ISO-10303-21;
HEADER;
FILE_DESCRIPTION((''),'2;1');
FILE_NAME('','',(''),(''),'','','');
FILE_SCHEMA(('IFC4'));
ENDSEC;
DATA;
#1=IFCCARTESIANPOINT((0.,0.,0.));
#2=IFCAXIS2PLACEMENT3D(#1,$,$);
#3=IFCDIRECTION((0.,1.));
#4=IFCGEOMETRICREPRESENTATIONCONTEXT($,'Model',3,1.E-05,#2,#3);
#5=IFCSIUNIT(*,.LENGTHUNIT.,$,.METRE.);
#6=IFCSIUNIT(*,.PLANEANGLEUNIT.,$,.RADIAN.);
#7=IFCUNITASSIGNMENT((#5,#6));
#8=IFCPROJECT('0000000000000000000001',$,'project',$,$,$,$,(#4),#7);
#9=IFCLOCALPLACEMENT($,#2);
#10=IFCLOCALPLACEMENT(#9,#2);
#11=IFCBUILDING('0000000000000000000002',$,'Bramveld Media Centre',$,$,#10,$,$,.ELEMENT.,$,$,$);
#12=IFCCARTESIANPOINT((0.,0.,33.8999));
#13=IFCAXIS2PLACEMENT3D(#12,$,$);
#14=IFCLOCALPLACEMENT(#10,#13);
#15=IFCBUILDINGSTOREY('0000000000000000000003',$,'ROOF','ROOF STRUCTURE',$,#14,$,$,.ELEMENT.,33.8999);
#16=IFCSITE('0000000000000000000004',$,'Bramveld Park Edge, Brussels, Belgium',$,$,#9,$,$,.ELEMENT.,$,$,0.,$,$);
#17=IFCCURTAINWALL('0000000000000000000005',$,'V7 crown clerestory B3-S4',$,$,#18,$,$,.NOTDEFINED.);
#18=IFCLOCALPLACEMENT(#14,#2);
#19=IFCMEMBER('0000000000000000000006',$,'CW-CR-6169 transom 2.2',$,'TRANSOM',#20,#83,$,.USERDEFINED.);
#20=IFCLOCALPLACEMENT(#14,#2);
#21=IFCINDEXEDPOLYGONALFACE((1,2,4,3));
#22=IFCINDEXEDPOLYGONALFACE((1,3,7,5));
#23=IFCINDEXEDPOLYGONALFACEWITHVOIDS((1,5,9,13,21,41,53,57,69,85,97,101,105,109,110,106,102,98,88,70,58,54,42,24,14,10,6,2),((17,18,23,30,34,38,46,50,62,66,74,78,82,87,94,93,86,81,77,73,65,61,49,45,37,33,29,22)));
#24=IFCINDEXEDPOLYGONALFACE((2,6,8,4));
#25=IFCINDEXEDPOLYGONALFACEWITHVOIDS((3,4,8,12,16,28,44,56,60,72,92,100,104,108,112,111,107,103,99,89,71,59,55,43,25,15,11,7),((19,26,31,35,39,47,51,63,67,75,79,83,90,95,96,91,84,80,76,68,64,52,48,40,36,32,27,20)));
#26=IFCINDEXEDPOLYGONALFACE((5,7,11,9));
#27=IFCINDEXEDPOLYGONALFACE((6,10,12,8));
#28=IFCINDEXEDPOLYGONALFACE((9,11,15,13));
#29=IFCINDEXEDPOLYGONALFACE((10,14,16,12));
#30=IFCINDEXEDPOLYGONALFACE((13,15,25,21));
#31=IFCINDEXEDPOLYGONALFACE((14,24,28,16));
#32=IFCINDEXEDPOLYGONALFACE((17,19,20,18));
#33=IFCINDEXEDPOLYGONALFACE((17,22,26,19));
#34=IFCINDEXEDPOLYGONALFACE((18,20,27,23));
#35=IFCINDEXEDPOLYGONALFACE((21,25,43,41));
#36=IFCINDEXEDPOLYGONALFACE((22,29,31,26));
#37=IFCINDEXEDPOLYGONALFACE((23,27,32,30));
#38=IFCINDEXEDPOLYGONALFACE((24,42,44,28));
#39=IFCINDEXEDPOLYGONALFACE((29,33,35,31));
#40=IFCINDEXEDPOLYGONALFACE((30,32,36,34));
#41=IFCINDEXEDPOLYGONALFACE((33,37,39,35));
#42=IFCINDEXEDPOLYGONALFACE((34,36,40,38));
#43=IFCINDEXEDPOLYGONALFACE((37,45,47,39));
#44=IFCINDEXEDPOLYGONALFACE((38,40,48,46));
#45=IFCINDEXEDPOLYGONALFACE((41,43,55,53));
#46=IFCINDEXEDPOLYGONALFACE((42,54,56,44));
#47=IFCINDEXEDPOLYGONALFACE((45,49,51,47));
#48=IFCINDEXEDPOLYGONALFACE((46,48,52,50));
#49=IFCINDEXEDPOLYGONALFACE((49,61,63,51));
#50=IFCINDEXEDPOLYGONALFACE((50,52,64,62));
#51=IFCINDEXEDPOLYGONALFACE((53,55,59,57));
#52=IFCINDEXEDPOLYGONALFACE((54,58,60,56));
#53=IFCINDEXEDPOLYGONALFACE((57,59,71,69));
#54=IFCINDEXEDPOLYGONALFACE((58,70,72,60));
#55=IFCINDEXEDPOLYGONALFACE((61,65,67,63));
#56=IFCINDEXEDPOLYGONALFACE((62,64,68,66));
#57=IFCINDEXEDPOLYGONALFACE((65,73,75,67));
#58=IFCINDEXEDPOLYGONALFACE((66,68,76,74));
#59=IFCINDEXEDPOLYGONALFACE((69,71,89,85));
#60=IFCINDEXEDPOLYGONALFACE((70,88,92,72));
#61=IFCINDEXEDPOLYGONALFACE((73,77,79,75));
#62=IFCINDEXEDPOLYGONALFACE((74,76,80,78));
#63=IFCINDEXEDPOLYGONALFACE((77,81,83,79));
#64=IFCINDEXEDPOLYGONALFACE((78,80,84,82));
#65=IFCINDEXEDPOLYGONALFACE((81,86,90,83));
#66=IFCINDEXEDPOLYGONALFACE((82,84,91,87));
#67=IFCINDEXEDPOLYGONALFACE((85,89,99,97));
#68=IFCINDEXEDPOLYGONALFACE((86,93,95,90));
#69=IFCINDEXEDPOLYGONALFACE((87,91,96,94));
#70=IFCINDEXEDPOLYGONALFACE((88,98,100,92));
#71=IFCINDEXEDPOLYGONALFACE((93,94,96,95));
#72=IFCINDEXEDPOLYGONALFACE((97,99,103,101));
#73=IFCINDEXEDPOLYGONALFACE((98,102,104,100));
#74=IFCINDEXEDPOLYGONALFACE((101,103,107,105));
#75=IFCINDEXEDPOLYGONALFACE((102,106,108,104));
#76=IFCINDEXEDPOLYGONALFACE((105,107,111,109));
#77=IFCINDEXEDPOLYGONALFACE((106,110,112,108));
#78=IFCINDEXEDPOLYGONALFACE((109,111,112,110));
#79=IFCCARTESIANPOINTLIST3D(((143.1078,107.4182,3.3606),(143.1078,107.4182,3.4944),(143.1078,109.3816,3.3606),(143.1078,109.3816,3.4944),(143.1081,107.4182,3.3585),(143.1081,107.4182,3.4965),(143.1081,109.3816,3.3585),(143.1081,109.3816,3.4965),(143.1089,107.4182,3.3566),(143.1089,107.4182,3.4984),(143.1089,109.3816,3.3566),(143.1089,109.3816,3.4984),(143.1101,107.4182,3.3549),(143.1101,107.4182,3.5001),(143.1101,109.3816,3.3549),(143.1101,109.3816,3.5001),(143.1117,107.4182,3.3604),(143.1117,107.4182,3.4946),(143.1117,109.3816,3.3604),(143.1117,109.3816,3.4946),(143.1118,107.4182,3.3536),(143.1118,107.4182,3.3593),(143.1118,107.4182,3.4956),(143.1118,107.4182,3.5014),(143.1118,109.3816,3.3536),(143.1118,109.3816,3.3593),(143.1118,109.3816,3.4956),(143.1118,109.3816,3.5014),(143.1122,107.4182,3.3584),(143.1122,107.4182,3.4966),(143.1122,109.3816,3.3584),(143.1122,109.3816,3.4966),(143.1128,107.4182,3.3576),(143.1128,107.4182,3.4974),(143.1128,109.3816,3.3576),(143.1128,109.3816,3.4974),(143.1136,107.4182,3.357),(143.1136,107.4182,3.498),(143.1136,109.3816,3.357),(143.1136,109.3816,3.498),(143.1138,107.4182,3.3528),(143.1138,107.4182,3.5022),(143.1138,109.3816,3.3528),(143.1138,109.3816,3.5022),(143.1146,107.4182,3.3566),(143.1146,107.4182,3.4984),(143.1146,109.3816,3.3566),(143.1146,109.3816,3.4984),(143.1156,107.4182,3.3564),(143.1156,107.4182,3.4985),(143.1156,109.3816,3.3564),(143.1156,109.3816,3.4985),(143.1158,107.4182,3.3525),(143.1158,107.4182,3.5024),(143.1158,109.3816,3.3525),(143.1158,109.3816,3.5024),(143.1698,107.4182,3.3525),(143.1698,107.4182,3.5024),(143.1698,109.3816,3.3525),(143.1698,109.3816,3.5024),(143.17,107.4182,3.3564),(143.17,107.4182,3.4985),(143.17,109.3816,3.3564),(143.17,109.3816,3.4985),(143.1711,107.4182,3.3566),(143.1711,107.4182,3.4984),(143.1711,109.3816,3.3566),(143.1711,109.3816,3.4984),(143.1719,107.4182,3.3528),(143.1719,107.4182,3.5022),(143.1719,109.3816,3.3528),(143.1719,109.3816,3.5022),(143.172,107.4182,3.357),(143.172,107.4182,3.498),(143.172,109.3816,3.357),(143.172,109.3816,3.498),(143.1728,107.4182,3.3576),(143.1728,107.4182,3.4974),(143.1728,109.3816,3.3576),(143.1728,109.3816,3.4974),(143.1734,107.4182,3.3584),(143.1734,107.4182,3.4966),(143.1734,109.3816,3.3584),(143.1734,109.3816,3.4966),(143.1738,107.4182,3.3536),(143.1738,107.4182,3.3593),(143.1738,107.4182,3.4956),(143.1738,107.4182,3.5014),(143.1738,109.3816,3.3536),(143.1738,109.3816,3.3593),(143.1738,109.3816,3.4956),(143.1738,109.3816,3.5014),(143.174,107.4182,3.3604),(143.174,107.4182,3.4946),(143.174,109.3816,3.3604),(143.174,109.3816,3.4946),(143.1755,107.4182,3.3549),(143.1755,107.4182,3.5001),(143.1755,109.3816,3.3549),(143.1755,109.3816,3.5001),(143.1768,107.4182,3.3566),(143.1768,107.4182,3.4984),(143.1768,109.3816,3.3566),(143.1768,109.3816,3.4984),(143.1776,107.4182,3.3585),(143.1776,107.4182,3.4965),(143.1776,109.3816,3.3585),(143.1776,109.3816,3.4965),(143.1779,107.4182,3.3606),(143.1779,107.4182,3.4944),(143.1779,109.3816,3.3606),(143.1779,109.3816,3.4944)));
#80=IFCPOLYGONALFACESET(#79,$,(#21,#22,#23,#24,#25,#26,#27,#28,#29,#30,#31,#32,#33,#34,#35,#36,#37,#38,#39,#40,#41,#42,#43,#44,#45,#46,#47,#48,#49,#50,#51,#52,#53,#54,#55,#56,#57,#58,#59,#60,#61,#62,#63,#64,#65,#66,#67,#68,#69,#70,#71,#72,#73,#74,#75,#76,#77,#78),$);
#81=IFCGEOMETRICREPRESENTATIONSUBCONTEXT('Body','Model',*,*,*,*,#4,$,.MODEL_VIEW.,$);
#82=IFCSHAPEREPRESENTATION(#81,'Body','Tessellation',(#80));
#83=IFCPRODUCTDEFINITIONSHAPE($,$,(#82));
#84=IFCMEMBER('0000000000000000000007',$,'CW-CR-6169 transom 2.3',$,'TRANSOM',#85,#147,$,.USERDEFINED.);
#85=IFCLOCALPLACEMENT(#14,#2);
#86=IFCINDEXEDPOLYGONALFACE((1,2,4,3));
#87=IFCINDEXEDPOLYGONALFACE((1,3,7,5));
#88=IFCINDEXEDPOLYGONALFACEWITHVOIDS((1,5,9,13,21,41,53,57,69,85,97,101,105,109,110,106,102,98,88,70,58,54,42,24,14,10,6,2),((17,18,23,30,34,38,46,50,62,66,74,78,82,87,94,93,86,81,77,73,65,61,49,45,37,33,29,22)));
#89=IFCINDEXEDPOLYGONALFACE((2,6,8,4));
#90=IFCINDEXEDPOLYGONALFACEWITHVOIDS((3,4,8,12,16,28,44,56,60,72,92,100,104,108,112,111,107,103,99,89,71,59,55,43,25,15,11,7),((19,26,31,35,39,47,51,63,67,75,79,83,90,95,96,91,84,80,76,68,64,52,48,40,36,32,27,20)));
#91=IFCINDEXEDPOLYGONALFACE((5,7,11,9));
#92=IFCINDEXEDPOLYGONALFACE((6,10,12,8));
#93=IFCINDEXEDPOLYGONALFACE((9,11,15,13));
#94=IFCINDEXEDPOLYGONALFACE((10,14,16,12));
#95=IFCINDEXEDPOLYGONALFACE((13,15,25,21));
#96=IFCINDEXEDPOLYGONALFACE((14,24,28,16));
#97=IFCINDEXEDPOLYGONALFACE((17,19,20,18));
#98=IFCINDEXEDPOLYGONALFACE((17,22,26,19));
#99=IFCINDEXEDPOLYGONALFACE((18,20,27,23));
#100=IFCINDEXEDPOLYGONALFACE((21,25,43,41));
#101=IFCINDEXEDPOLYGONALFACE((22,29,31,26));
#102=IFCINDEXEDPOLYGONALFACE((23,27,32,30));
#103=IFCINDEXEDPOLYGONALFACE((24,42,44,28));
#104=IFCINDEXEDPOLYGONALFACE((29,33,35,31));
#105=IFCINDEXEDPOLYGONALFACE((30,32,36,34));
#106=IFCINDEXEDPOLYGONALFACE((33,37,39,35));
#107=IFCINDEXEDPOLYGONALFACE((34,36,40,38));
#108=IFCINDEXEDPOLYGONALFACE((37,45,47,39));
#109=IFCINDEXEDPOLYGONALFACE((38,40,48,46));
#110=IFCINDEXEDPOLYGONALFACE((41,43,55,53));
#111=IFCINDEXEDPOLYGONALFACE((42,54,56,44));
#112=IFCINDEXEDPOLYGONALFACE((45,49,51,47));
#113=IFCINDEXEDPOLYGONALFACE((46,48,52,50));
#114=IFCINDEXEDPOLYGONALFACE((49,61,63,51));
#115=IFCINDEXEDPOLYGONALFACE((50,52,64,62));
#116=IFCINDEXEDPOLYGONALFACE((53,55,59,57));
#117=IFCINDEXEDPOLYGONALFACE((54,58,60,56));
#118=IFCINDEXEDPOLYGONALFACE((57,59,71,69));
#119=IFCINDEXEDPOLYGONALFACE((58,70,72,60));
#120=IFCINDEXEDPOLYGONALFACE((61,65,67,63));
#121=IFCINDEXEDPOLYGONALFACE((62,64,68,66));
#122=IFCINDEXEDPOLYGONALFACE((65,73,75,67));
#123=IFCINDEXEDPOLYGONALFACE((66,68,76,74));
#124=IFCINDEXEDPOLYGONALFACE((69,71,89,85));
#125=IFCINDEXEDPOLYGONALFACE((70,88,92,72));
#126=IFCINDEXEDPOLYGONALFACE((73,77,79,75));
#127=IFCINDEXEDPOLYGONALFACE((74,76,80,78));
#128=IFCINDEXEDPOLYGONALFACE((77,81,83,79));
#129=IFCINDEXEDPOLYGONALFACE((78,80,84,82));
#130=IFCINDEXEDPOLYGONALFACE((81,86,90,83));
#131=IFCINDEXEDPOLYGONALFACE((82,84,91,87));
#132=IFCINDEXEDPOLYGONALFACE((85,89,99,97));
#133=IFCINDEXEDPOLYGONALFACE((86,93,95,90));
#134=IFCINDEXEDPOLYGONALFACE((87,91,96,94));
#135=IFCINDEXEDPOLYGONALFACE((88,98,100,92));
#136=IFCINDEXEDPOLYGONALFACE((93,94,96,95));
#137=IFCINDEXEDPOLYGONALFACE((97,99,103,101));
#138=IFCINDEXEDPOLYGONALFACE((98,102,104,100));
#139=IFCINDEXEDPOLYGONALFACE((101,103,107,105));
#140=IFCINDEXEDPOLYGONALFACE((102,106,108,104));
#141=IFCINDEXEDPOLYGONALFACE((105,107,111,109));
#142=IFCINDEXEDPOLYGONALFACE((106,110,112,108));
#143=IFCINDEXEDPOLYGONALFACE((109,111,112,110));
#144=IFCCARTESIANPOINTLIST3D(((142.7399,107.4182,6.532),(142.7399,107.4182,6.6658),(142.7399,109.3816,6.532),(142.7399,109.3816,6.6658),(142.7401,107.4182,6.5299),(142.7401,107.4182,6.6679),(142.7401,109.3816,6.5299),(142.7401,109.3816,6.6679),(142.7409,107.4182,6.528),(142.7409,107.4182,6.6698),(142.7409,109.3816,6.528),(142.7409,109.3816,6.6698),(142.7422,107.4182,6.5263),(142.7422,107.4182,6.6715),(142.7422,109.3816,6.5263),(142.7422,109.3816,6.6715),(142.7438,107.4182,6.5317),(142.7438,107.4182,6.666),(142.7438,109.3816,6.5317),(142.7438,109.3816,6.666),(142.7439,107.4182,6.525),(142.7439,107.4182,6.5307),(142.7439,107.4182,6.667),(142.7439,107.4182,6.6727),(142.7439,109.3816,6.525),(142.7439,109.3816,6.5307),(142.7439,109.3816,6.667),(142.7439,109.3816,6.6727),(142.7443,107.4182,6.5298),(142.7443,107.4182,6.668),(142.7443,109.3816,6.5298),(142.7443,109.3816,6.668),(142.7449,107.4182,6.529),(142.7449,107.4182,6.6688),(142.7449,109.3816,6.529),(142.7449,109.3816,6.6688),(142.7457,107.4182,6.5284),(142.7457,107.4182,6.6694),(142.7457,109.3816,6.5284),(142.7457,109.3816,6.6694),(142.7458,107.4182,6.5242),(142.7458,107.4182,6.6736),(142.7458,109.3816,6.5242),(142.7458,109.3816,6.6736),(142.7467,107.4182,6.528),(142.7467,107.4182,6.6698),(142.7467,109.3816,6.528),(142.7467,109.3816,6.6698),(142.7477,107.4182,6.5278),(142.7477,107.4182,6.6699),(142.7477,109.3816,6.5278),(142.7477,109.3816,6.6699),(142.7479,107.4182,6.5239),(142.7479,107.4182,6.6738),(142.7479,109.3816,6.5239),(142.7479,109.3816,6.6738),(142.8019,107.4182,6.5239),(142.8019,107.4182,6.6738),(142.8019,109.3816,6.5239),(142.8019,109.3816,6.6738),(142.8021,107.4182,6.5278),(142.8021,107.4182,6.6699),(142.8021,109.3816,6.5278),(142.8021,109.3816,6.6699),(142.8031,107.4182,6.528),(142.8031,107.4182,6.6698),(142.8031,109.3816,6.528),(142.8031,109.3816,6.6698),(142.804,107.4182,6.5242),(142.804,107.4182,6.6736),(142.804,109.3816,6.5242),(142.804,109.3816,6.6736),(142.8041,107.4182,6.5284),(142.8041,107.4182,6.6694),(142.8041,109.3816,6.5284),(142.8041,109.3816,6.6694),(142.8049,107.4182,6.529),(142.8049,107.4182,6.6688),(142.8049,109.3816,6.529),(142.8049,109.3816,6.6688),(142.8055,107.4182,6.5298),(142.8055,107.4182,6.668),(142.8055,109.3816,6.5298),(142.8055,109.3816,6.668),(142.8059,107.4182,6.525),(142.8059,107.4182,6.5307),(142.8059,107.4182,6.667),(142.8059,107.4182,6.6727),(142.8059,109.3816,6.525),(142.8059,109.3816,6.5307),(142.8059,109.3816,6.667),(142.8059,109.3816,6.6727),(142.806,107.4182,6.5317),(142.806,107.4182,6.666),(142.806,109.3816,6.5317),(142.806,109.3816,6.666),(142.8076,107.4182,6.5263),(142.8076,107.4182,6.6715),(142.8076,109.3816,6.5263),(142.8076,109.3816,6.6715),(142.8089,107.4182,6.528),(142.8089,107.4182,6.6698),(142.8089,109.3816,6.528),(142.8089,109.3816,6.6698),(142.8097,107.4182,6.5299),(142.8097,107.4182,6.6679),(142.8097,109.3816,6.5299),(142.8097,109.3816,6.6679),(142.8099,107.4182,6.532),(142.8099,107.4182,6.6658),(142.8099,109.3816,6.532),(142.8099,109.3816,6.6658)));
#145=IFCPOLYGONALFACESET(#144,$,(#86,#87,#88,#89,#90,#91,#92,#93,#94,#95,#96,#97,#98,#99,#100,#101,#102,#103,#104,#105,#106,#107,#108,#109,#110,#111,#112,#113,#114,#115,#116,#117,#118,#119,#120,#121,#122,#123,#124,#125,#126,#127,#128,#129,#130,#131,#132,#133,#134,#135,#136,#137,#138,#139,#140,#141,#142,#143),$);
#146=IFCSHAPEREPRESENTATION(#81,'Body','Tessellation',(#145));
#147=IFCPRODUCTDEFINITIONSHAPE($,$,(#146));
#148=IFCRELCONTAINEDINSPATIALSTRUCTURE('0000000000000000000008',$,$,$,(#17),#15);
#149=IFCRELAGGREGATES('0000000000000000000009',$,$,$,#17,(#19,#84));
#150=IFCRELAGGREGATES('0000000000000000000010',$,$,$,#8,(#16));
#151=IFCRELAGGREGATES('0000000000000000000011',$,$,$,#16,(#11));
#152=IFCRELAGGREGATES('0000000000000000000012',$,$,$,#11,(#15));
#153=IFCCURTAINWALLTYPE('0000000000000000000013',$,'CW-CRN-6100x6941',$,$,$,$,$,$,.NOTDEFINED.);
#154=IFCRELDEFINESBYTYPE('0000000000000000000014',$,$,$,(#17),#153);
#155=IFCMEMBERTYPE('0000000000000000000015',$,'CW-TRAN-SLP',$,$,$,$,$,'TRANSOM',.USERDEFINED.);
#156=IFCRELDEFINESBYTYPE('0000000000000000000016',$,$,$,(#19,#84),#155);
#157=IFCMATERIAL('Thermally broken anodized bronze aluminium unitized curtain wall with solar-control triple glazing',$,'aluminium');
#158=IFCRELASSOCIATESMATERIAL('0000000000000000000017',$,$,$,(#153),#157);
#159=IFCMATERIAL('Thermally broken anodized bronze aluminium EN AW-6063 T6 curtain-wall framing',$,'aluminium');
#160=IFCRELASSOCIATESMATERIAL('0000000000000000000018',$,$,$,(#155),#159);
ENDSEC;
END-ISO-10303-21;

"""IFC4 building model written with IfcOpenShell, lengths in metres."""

from ifc_helpers import new_model, si_unit, direction, frame, origin, origin_2d, place, context, subcontext, project, spatial, hollow_rectangle, extrude, material, material_profile, profile_set, type_object, element, aggregate, save


model = new_model("IFC4")

# Units and contexts
model_context = context("Model", 3, precision=1e-05, world=origin(), true_north=direction((0.0, 1.0)))
body_context = subcontext(model_context, "Body", "Model", "MODEL_VIEW")
ifc_project = project(units=[si_unit("LENGTHUNIT", "METRE"), si_unit("PLANEANGLEUNIT", "RADIAN")], contexts=[model_context])

# Site, building, storey
site_placement = place(None, origin())
site = spatial("IfcSite", under=ifc_project, at=site_placement, Name="Bramveld Park Edge, Brussels, Belgium", CompositionType="ELEMENT", RefElevation=0.0)
building_placement = place(site_placement, origin())
building = spatial("IfcBuilding", under=site, at=building_placement, Name="Bramveld Media Centre", CompositionType="ELEMENT")
storey_placement = place(building_placement, frame((0.0, 0.0, 33.8999)))
storey = spatial("IfcBuildingStorey", under=building, at=storey_placement, Name="ROOF", Description="ROOF STRUCTURE", CompositionType="ELEMENT", Elevation=33.8999)

# Curtain wall, members
ifc_material_1 = material(Name="Thermally broken anodized bronze aluminium unitized curtain wall with solar-control triple glazing", Category="aluminium")
curtain_wall_type = type_object("IfcCurtainWallType", Name="CW-CRN-6100x6941", PredefinedType="NOTDEFINED", material=ifc_material_1)
curtain_wall_1_placement = place(storey_placement, origin())
curtain_wall_1 = element("IfcCurtainWall", 1, at=curtain_wall_1_placement, inside=storey, type_object=curtain_wall_type, Name="V7 crown clerestory B3-S4", PredefinedType="NOTDEFINED")
ifc_material_2 = material(Name="Thermally broken anodized bronze aluminium EN AW-6063 T6 curtain-wall framing", Category="aluminium")
ifc_material_profile_1 = material_profile(ifc_material_2, hollow_rectangle(XDim=0.0701, YDim=0.1499, WallThickness=0.0039, InnerFilletRadius=0.0039, OuterFilletRadius=0.0081, at=origin_2d()), Name="AL-TRAN 70x150")
ifc_profile_set_1 = profile_set([ifc_material_profile_1], Name="Thermally broken anodized bronze aluminium EN AW-6063 T6 curtain-wall framing")
member_type_1 = type_object("IfcMemberType", Name="CW-TRAN-SLP", ElementType="TRANSOM", PredefinedType="USERDEFINED", material=ifc_profile_set_1)
member_1_placement = place(storey_placement, frame((143.1428, 107.4182, 3.4275), z_axis=(0.0, 1.0, 0.0), x_axis=(-1.0, 0.0, 0.0)))
member_1 = element("IfcMember", 2, at=member_1_placement, type_object=member_type_1, Name="CW-CR-6169 transom 2.2", ObjectType="TRANSOM", PredefinedType="USERDEFINED", context=body_context, shape_type="SweptSolid", body=[
    extrude(hollow_rectangle(XDim=0.0701, YDim=0.1499, WallThickness=0.0039, InnerFilletRadius=0.0039, OuterFilletRadius=0.0081, at=origin_2d()), origin(), (0.0, 0.0, 1.0), 1.9634),
])
member_2_placement = place(storey_placement, frame((142.7749, 107.4182, 6.5989), z_axis=(0.0, 1.0, 0.0), x_axis=(-1.0, 0.0, 0.0)))
member_2 = element("IfcMember", 3, at=member_2_placement, type_object=member_type_1, Name="CW-CR-6169 transom 2.3", ObjectType="TRANSOM", PredefinedType="USERDEFINED", context=body_context, shape_type="SweptSolid", body=[
    extrude(hollow_rectangle(XDim=0.0701, YDim=0.1499, WallThickness=0.0039, InnerFilletRadius=0.0039, OuterFilletRadius=0.0081, at=origin_2d()), origin(), (0.0, 0.0, 1.0), 1.9634),
])

aggregate(curtain_wall_1, [member_1, member_2])

save(model, "model.ifc")
